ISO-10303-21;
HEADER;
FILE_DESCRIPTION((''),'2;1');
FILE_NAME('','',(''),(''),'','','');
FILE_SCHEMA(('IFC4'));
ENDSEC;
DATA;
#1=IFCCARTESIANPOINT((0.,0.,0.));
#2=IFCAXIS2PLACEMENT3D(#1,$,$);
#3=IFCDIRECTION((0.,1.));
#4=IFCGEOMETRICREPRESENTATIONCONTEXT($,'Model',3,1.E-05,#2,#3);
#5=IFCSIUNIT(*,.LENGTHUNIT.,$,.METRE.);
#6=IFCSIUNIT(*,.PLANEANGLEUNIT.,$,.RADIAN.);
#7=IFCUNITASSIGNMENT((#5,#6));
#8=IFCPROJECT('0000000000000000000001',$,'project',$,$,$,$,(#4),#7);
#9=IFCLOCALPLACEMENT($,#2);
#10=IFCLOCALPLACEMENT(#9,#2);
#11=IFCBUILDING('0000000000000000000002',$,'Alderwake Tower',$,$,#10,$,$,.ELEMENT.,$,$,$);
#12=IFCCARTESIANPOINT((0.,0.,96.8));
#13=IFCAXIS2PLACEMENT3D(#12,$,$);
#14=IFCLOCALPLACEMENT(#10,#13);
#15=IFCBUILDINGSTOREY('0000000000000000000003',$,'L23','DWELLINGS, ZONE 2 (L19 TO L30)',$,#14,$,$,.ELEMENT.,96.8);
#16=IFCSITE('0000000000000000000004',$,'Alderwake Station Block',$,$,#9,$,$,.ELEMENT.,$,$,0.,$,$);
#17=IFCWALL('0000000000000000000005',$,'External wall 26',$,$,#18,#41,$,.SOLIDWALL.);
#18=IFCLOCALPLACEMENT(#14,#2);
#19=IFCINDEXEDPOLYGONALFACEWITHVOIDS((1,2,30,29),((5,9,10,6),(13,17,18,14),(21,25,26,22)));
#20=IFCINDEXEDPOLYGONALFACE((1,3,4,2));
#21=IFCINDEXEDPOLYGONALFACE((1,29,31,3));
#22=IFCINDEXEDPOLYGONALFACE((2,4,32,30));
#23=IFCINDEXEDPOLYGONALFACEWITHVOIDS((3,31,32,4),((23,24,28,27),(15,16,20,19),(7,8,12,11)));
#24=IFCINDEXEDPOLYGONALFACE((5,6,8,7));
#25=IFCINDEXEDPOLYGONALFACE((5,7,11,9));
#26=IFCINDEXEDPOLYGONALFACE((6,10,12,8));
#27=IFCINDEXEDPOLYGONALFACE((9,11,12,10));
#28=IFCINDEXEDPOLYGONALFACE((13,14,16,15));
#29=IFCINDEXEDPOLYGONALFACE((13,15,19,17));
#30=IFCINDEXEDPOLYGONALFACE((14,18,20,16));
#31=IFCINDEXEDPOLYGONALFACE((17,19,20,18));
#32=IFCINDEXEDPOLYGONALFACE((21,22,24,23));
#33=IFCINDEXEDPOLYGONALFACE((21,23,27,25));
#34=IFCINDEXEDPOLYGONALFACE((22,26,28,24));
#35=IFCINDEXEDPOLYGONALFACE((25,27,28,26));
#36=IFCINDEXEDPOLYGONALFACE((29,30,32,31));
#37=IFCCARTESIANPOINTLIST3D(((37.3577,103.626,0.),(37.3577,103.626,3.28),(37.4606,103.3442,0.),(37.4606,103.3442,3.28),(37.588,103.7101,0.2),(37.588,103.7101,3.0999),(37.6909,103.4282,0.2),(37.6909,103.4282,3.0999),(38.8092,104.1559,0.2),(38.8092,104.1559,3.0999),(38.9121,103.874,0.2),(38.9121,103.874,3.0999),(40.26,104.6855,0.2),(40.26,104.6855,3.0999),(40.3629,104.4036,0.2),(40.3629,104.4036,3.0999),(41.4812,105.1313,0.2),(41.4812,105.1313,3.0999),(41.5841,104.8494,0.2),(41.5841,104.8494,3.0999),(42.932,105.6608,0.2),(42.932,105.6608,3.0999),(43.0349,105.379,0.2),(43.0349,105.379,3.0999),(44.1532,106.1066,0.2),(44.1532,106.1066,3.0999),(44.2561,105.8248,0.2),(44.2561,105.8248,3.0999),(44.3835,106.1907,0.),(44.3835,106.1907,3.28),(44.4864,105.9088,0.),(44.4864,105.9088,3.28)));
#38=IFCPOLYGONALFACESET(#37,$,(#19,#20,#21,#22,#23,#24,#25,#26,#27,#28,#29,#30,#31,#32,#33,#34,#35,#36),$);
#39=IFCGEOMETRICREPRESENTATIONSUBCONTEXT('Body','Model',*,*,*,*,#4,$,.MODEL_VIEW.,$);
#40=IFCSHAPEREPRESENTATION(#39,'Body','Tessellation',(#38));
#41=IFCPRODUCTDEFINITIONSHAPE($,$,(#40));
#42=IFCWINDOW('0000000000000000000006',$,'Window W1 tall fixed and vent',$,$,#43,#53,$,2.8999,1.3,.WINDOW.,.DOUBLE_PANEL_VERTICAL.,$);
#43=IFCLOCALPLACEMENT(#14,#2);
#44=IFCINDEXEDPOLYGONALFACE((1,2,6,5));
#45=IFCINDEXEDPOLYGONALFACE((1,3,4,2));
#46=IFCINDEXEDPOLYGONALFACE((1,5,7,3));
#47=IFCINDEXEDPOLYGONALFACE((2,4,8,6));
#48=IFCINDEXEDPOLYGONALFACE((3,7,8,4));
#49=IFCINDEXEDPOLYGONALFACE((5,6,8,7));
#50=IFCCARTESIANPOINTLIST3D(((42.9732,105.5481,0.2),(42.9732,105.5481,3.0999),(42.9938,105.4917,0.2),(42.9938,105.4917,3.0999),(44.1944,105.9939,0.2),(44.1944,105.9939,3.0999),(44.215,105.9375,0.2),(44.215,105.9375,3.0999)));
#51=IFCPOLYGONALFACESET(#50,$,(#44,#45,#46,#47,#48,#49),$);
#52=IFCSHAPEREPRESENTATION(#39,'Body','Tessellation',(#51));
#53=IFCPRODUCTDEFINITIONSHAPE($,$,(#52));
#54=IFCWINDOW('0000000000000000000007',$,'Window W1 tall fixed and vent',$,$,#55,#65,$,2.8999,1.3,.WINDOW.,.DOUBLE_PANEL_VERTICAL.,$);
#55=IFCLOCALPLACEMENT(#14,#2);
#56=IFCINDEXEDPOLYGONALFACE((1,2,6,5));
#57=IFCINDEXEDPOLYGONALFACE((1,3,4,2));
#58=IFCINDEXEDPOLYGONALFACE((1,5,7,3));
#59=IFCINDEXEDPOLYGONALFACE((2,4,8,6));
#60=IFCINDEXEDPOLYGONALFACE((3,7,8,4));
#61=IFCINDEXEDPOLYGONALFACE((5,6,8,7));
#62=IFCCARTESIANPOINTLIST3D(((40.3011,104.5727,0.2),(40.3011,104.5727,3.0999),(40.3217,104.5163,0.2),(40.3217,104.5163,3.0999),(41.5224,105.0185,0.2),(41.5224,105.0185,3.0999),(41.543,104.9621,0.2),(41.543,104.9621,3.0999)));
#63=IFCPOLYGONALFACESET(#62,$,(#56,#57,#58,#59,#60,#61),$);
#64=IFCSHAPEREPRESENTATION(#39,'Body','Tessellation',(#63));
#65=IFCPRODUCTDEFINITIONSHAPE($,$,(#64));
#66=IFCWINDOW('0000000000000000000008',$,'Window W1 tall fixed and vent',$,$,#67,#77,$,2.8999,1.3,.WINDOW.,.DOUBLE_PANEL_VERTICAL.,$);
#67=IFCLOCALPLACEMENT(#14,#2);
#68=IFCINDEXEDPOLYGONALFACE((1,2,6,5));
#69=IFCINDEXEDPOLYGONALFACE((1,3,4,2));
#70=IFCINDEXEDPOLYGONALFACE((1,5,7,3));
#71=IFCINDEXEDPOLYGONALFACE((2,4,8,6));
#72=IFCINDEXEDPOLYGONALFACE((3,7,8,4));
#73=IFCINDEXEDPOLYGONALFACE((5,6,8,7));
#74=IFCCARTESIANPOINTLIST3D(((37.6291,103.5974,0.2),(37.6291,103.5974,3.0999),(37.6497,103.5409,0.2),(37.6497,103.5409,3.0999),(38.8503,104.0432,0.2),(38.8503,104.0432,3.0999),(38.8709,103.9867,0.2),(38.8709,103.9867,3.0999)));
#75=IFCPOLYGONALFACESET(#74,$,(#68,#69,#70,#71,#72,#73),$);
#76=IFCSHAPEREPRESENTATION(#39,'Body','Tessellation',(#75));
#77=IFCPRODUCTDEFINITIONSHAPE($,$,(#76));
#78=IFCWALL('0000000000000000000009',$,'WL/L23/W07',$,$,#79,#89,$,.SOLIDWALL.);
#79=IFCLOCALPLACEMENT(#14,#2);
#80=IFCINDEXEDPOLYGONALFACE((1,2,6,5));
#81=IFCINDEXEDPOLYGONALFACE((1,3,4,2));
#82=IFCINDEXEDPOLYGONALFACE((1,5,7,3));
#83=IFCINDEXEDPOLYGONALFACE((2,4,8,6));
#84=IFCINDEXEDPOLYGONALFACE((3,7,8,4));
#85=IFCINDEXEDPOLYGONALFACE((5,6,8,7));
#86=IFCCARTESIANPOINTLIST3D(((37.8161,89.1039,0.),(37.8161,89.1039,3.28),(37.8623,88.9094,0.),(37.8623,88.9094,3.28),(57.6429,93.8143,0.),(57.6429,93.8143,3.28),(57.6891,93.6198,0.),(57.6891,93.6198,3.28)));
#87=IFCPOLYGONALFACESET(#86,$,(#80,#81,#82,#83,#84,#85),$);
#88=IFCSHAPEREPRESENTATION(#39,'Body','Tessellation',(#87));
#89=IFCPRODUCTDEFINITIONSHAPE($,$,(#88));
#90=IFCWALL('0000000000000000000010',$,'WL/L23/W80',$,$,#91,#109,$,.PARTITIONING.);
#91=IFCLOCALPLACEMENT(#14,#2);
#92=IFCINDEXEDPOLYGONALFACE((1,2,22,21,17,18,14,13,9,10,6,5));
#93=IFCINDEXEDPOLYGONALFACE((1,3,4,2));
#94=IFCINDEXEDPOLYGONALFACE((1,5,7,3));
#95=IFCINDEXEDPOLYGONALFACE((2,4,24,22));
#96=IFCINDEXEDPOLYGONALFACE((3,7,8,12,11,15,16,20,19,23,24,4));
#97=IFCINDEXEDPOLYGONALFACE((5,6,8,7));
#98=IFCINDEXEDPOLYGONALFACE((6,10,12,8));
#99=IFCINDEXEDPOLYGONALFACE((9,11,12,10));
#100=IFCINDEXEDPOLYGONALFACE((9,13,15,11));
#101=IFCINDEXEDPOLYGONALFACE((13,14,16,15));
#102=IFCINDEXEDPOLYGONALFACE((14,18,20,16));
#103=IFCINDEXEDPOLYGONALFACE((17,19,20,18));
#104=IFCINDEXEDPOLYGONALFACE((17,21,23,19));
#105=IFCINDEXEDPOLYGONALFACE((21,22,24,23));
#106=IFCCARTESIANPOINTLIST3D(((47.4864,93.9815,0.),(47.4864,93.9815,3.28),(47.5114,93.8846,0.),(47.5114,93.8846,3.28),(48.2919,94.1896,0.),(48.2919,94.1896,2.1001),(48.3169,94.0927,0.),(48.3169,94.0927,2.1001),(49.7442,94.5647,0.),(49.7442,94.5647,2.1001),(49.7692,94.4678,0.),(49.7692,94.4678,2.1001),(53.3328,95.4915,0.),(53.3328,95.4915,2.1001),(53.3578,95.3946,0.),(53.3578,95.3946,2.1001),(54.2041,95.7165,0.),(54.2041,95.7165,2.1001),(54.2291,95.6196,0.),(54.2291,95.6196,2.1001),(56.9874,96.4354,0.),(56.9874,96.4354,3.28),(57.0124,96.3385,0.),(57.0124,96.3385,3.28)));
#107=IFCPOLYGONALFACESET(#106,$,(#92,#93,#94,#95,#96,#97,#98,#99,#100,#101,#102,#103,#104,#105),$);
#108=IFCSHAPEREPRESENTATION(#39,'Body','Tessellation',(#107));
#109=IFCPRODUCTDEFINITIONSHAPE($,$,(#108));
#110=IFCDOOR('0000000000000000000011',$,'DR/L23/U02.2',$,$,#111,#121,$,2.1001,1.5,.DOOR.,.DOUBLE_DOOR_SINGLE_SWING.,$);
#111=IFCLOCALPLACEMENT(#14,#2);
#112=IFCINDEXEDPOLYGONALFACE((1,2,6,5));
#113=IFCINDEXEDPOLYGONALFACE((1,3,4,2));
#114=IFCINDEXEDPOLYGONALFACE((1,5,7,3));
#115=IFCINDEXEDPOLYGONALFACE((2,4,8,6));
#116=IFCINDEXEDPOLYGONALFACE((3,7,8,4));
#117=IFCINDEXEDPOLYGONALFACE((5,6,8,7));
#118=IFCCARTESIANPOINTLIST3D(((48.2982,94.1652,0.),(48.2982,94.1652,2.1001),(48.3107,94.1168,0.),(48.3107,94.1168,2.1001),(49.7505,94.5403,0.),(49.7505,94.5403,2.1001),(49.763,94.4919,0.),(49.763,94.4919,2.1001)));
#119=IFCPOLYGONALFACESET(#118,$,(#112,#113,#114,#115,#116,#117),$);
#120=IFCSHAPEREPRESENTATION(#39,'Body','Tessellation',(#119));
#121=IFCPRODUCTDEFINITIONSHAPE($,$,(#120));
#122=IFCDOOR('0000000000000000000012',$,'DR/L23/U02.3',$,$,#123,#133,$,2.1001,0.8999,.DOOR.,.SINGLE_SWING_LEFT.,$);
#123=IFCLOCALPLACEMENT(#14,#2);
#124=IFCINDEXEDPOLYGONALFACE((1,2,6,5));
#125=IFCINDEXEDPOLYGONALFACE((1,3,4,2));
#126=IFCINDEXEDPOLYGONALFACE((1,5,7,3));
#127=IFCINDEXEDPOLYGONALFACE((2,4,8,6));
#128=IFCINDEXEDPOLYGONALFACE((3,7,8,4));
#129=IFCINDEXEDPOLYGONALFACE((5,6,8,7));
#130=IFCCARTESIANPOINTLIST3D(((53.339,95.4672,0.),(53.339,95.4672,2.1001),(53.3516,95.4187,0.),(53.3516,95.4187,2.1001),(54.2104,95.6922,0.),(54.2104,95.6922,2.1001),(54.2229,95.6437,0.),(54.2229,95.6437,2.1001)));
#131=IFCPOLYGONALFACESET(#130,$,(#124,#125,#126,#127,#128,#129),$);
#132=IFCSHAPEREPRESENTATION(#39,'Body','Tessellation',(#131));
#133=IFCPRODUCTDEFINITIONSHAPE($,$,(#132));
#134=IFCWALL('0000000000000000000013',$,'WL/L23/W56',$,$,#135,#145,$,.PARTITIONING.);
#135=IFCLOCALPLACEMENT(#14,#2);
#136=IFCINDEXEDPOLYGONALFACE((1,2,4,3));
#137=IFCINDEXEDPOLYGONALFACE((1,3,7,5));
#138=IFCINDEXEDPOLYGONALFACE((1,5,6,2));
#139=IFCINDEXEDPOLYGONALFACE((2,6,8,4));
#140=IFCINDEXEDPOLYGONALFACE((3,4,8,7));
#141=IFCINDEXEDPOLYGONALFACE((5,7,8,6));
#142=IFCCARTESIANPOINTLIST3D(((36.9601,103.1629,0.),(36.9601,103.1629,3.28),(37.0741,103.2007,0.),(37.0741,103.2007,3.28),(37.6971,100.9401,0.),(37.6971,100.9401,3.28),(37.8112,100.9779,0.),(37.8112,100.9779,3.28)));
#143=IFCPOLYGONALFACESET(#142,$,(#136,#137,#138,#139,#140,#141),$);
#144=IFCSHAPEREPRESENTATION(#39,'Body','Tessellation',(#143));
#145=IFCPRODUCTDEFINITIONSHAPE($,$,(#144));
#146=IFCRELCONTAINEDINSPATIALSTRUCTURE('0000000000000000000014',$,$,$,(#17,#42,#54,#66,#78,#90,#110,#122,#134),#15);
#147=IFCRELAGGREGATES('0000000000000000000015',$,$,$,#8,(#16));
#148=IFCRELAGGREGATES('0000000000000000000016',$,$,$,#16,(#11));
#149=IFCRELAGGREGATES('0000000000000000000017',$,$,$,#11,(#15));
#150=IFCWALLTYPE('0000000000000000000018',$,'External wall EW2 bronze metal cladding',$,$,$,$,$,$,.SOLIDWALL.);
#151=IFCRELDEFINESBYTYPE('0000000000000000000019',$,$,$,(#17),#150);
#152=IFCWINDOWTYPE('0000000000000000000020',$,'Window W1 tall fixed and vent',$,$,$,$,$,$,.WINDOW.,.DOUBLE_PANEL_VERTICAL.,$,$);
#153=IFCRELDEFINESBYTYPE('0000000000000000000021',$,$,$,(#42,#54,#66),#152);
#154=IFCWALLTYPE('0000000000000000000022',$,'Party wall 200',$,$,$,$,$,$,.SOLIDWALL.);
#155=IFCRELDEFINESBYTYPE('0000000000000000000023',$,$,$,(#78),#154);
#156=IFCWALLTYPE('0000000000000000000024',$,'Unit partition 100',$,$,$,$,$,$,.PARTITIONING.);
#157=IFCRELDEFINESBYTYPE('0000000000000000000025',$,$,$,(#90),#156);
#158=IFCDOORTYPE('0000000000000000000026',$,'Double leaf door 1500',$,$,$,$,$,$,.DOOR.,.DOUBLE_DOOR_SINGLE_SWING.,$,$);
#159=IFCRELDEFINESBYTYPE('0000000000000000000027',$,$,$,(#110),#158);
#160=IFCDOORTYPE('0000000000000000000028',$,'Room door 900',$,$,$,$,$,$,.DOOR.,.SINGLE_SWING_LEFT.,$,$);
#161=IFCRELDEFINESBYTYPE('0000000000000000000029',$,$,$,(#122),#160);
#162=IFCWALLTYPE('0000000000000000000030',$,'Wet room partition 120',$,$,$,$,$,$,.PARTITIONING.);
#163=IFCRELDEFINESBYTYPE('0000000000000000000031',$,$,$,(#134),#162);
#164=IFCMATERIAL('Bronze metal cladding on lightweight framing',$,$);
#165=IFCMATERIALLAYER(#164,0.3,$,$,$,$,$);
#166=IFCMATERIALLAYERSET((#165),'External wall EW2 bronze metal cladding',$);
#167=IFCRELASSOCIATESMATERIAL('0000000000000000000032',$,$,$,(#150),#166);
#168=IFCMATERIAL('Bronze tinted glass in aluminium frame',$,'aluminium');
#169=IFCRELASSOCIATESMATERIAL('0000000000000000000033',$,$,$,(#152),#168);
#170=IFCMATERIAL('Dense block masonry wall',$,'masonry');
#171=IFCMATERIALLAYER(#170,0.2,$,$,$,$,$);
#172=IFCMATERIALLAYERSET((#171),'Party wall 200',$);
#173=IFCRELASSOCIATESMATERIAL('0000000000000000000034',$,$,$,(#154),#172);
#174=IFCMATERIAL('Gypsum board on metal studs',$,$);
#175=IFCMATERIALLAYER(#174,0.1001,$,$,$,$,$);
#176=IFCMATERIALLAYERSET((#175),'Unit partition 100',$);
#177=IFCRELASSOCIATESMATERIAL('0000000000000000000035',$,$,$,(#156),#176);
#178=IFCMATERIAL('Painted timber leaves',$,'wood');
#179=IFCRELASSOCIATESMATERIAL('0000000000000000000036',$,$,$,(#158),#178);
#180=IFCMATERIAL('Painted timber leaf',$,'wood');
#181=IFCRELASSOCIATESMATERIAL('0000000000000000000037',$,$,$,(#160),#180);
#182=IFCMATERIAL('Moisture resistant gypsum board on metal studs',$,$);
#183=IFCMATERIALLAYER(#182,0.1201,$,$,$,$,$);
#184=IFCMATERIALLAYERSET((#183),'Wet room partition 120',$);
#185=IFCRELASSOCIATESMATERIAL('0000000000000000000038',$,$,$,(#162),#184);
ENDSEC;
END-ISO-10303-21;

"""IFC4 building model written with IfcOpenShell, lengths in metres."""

from ifc_helpers import new_model, si_unit, direction, frame, frame_2d, origin, place, context, subcontext, project, spatial, rectangle, extrude, material, layer, layer_set, type_object, element, fill, save


model = new_model("IFC4")

# Units and contexts
model_context = context("Model", 3, precision=1e-05, world=origin(), true_north=direction((0.0, 1.0)))
body_context = subcontext(model_context, "Body", "Model", "MODEL_VIEW")
ifc_project = project(units=[si_unit("LENGTHUNIT", "METRE"), si_unit("PLANEANGLEUNIT", "RADIAN")], contexts=[model_context])

# Site, building, storey
site_placement = place(None, origin())
site = spatial("IfcSite", under=ifc_project, at=site_placement, Name="Alderwake Station Block", CompositionType="ELEMENT", RefElevation=0.0)
building_placement = place(site_placement, origin())
building = spatial("IfcBuilding", under=site, at=building_placement, Name="Alderwake Tower", CompositionType="ELEMENT")
storey_placement = place(building_placement, frame((0.0, 0.0, 96.8)))
storey = spatial("IfcBuildingStorey", under=building, at=storey_placement, Name="L23", Description="DWELLINGS, ZONE 2 (L19 TO L30)", CompositionType="ELEMENT", Elevation=96.8)

# Wall, openings, windows
ifc_material_1 = material(Name="Bronze metal cladding on lightweight framing")
ifc_layer_1 = layer(ifc_material_1, 0.3)
ifc_layer_set_1 = layer_set([ifc_layer_1], Name="External wall EW2 bronze metal cladding")
wall_type_1 = type_object("IfcWallType", Name="External wall EW2 bronze metal cladding", PredefinedType="SOLIDWALL", material=ifc_layer_set_1)
wall_1_placement = place(storey_placement, frame((44.4351, 106.0498, 0.0), z_axis=(0.0, 0.0, 1.0), x_axis=(-0.939371, -0.342904, 0.0)))
wall_1 = element("IfcWall", 1, at=wall_1_placement, inside=storey, type_object=wall_type_1, Name="External wall 26", PredefinedType="SOLIDWALL", context=body_context, shape_type="SweptSolid", body=[
    extrude(rectangle(XDim=7.4792, YDim=0.3, at=frame_2d((3.7397, 0.0))), origin(), (0.0, 0.0, 1.0), 3.28),
])
opening_1_placement = place(wall_1_placement, frame((0.2454, 0.0, 0.2)))
opening_1 = element("IfcOpeningElement", 2, at=opening_1_placement, cuts=wall_1, PredefinedType="OPENING", context=body_context, shape_type="SweptSolid", body=[
    extrude(rectangle(XDim=1.3, YDim=2.8999, at=frame_2d((0.6499, 1.45))), frame((0.0, 0.1599, 0.0), z_axis=(0.0, -1.0, 0.0), x_axis=(1.0, 0.0, 0.0)), (0.0, 0.0, 1.0), 0.3201),
])
opening_2_placement = place(wall_1_placement, frame((3.0898, 0.0, 0.2)))
opening_2 = element("IfcOpeningElement", 3, at=opening_2_placement, cuts=wall_1, PredefinedType="OPENING", context=body_context, shape_type="SweptSolid", body=[
    extrude(rectangle(XDim=1.3, YDim=2.8999, at=frame_2d((0.6499, 1.45))), frame((0.0, 0.1599, 0.0), z_axis=(0.0, -1.0, 0.0), x_axis=(1.0, 0.0, 0.0)), (0.0, 0.0, 1.0), 0.3201),
])
opening_3_placement = place(wall_1_placement, frame((5.9343, 0.0, 0.2)))
opening_3 = element("IfcOpeningElement", 4, at=opening_3_placement, cuts=wall_1, PredefinedType="OPENING", context=body_context, shape_type="SweptSolid", body=[
    extrude(rectangle(XDim=1.3, YDim=2.8999, at=frame_2d((0.6499, 1.45))), frame((0.0, 0.1599, 0.0), z_axis=(0.0, -1.0, 0.0), x_axis=(1.0, 0.0, 0.0)), (0.0, 0.0, 1.0), 0.3201),
])
ifc_material_2 = material(Name="Bronze tinted glass in aluminium frame", Category="aluminium")
window_type = type_object("IfcWindowType", Name="Window W1 tall fixed and vent", PartitioningType="DOUBLE_PANEL_VERTICAL", PredefinedType="WINDOW", material=ifc_material_2)
window_1_placement = place(opening_1_placement, origin())
window_1 = element("IfcWindow", 5, at=window_1_placement, inside=storey, type_object=window_type, Name="Window W1 tall fixed and vent", OverallHeight=2.8999, OverallWidth=1.3, PartitioningType="DOUBLE_PANEL_VERTICAL", PredefinedType="WINDOW", context=body_context, shape_type="SweptSolid", body=[
    extrude(rectangle(XDim=1.3, YDim=2.8999, at=frame_2d((0.6499, 1.45))), frame((0.0, 0.03, 0.0), z_axis=(0.0, -1.0, 0.0), x_axis=(1.0, 0.0, 0.0)), (0.0, 0.0, 1.0), 0.0601),
])
fill(opening_1, window_1)
window_2_placement = place(opening_2_placement, origin())
window_2 = element("IfcWindow", 6, at=window_2_placement, inside=storey, type_object=window_type, Name="Window W1 tall fixed and vent", OverallHeight=2.8999, OverallWidth=1.3, PartitioningType="DOUBLE_PANEL_VERTICAL", PredefinedType="WINDOW", context=body_context, shape_type="SweptSolid", body=[
    extrude(rectangle(XDim=1.3, YDim=2.8999, at=frame_2d((0.6499, 1.45))), frame((0.0, 0.03, 0.0), z_axis=(0.0, -1.0, 0.0), x_axis=(1.0, 0.0, 0.0)), (0.0, 0.0, 1.0), 0.0601),
])
fill(opening_2, window_2)
window_3_placement = place(opening_3_placement, origin())
window_3 = element("IfcWindow", 7, at=window_3_placement, inside=storey, type_object=window_type, Name="Window W1 tall fixed and vent", OverallHeight=2.8999, OverallWidth=1.3, PartitioningType="DOUBLE_PANEL_VERTICAL", PredefinedType="WINDOW", context=body_context, shape_type="SweptSolid", body=[
    extrude(rectangle(XDim=1.3, YDim=2.8999, at=frame_2d((0.6499, 1.45))), frame((0.0, 0.03, 0.0), z_axis=(0.0, -1.0, 0.0), x_axis=(1.0, 0.0, 0.0)), (0.0, 0.0, 1.0), 0.0601),
])
fill(opening_3, window_3)

# Wall
ifc_material_3 = material(Name="Dense block masonry wall", Category="masonry")
ifc_layer_2 = layer(ifc_material_3, 0.2)
ifc_layer_set_2 = layer_set([ifc_layer_2], Name="Party wall 200")
wall_type_2 = type_object("IfcWallType", Name="Party wall 200", PredefinedType="SOLIDWALL", material=ifc_layer_set_2)
wall_2_placement = place(storey_placement, frame((37.8391, 89.0066, 0.0), z_axis=(0.0, 0.0, 1.0), x_axis=(0.972919, 0.231145, 0.0)))
element("IfcWall", 8, at=wall_2_placement, inside=storey, type_object=wall_type_2, Name="WL/L23/W07", PredefinedType="SOLIDWALL", context=body_context, shape_type="SweptSolid", body=[
    extrude(rectangle(XDim=20.3787, YDim=0.2, at=frame_2d((10.1895, 0.0))), origin(), (0.0, 0.0, 1.0), 3.28),
])

# Wall, openings, doors
ifc_material_4 = material(Name="Gypsum board on metal studs")
ifc_layer_3 = layer(ifc_material_4, 0.1001)
ifc_layer_set_3 = layer_set([ifc_layer_3], Name="Unit partition 100")
wall_type_3 = type_object("IfcWallType", Name="Unit partition 100", PredefinedType="PARTITIONING", material=ifc_layer_set_3)
wall_3_placement = place(storey_placement, frame((47.499, 93.9331, 0.0), z_axis=(0.0, 0.0, 1.0), x_axis=(0.968228, 0.250068, 0.0)))
wall_3 = element("IfcWall", 9, at=wall_3_placement, inside=storey, type_object=wall_type_3, Name="WL/L23/W80", PredefinedType="PARTITIONING", context=body_context, shape_type="SweptSolid", body=[
    extrude(rectangle(XDim=9.8127, YDim=0.1001, at=frame_2d((4.9062, 0.0))), origin(), (0.0, 0.0, 1.0), 3.28),
])
opening_4_placement = place(wall_3_placement, frame((0.8318, 0.0, 0.0)))
opening_4 = element("IfcOpeningElement", 10, at=opening_4_placement, cuts=wall_3, PredefinedType="OPENING", context=body_context, shape_type="SweptSolid", body=[
    extrude(rectangle(XDim=1.5, YDim=2.1001, at=frame_2d((0.75, 1.05))), frame((0.0, 0.0601, 0.0), z_axis=(0.0, -1.0, 0.0), x_axis=(1.0, 0.0, 0.0)), (0.0, 0.0, 1.0), 0.1201),
])
opening_5_placement = place(wall_3_placement, frame((6.0381, 0.0, 0.0)))
opening_5 = element("IfcOpeningElement", 11, at=opening_5_placement, cuts=wall_3, PredefinedType="OPENING", context=body_context, shape_type="SweptSolid", body=[
    extrude(rectangle(XDim=0.8999, YDim=2.1001, at=frame_2d((0.45, 1.05))), frame((0.0, 0.0601, 0.0), z_axis=(0.0, -1.0, 0.0), x_axis=(1.0, 0.0, 0.0)), (0.0, 0.0, 1.0), 0.1201),
])
ifc_material_5 = material(Name="Painted timber leaves", Category="wood")
door_type_1 = type_object("IfcDoorType", Name="Double leaf door 1500", OperationType="DOUBLE_DOOR_SINGLE_SWING", PredefinedType="DOOR", material=ifc_material_5)
door_1_placement = place(opening_4_placement, origin())
door_1 = element("IfcDoor", 12, at=door_1_placement, inside=storey, type_object=door_type_1, Name="DR/L23/U02.2", OperationType="DOUBLE_DOOR_SINGLE_SWING", OverallHeight=2.1001, OverallWidth=1.5, PredefinedType="DOOR", context=body_context, shape_type="SweptSolid", body=[
    extrude(rectangle(XDim=1.5, YDim=2.1001, at=frame_2d((0.75, 1.05))), frame((0.0, 0.0249, 0.0), z_axis=(0.0, -1.0, 0.0), x_axis=(1.0, 0.0, 0.0)), (0.0, 0.0, 1.0), 0.05),
])
fill(opening_4, door_1)
ifc_material_6 = material(Name="Painted timber leaf", Category="wood")
door_type_2 = type_object("IfcDoorType", Name="Room door 900", OperationType="SINGLE_SWING_LEFT", PredefinedType="DOOR", material=ifc_material_6)
door_2_placement = place(opening_5_placement, origin())
door_2 = element("IfcDoor", 13, at=door_2_placement, inside=storey, type_object=door_type_2, Name="DR/L23/U02.3", OperationType="SINGLE_SWING_LEFT", OverallHeight=2.1001, OverallWidth=0.8999, PredefinedType="DOOR", context=body_context, shape_type="SweptSolid", body=[
    extrude(rectangle(XDim=0.8999, YDim=2.1001, at=frame_2d((0.45, 1.05))), frame((0.0, 0.0249, 0.0), z_axis=(0.0, -1.0, 0.0), x_axis=(1.0, 0.0, 0.0)), (0.0, 0.0, 1.0), 0.05),
])
fill(opening_5, door_2)

# Wall
ifc_material_7 = material(Name="Moisture resistant gypsum board on metal studs")
ifc_layer_4 = layer(ifc_material_7, 0.1201)
ifc_layer_set_4 = layer_set([ifc_layer_4], Name="Wet room partition 120")
wall_type_4 = type_object("IfcWallType", Name="Wet room partition 120", PredefinedType="PARTITIONING", material=ifc_layer_set_4)
wall_4_placement = place(storey_placement, frame((37.7542, 100.959, 0.0), z_axis=(0.0, 0.0, 1.0), x_axis=(-0.314726, 0.949183, 0.0)))
element("IfcWall", 14, at=wall_4_placement, inside=storey, type_object=wall_type_4, Name="WL/L23/W56", PredefinedType="PARTITIONING", context=body_context, shape_type="SweptSolid", body=[
    extrude(rectangle(XDim=2.3418, YDim=0.1201, at=frame_2d((1.1709, 0.0))), origin(), (0.0, 0.0, 1.0), 3.28),
])

save(model, "model.ifc")
